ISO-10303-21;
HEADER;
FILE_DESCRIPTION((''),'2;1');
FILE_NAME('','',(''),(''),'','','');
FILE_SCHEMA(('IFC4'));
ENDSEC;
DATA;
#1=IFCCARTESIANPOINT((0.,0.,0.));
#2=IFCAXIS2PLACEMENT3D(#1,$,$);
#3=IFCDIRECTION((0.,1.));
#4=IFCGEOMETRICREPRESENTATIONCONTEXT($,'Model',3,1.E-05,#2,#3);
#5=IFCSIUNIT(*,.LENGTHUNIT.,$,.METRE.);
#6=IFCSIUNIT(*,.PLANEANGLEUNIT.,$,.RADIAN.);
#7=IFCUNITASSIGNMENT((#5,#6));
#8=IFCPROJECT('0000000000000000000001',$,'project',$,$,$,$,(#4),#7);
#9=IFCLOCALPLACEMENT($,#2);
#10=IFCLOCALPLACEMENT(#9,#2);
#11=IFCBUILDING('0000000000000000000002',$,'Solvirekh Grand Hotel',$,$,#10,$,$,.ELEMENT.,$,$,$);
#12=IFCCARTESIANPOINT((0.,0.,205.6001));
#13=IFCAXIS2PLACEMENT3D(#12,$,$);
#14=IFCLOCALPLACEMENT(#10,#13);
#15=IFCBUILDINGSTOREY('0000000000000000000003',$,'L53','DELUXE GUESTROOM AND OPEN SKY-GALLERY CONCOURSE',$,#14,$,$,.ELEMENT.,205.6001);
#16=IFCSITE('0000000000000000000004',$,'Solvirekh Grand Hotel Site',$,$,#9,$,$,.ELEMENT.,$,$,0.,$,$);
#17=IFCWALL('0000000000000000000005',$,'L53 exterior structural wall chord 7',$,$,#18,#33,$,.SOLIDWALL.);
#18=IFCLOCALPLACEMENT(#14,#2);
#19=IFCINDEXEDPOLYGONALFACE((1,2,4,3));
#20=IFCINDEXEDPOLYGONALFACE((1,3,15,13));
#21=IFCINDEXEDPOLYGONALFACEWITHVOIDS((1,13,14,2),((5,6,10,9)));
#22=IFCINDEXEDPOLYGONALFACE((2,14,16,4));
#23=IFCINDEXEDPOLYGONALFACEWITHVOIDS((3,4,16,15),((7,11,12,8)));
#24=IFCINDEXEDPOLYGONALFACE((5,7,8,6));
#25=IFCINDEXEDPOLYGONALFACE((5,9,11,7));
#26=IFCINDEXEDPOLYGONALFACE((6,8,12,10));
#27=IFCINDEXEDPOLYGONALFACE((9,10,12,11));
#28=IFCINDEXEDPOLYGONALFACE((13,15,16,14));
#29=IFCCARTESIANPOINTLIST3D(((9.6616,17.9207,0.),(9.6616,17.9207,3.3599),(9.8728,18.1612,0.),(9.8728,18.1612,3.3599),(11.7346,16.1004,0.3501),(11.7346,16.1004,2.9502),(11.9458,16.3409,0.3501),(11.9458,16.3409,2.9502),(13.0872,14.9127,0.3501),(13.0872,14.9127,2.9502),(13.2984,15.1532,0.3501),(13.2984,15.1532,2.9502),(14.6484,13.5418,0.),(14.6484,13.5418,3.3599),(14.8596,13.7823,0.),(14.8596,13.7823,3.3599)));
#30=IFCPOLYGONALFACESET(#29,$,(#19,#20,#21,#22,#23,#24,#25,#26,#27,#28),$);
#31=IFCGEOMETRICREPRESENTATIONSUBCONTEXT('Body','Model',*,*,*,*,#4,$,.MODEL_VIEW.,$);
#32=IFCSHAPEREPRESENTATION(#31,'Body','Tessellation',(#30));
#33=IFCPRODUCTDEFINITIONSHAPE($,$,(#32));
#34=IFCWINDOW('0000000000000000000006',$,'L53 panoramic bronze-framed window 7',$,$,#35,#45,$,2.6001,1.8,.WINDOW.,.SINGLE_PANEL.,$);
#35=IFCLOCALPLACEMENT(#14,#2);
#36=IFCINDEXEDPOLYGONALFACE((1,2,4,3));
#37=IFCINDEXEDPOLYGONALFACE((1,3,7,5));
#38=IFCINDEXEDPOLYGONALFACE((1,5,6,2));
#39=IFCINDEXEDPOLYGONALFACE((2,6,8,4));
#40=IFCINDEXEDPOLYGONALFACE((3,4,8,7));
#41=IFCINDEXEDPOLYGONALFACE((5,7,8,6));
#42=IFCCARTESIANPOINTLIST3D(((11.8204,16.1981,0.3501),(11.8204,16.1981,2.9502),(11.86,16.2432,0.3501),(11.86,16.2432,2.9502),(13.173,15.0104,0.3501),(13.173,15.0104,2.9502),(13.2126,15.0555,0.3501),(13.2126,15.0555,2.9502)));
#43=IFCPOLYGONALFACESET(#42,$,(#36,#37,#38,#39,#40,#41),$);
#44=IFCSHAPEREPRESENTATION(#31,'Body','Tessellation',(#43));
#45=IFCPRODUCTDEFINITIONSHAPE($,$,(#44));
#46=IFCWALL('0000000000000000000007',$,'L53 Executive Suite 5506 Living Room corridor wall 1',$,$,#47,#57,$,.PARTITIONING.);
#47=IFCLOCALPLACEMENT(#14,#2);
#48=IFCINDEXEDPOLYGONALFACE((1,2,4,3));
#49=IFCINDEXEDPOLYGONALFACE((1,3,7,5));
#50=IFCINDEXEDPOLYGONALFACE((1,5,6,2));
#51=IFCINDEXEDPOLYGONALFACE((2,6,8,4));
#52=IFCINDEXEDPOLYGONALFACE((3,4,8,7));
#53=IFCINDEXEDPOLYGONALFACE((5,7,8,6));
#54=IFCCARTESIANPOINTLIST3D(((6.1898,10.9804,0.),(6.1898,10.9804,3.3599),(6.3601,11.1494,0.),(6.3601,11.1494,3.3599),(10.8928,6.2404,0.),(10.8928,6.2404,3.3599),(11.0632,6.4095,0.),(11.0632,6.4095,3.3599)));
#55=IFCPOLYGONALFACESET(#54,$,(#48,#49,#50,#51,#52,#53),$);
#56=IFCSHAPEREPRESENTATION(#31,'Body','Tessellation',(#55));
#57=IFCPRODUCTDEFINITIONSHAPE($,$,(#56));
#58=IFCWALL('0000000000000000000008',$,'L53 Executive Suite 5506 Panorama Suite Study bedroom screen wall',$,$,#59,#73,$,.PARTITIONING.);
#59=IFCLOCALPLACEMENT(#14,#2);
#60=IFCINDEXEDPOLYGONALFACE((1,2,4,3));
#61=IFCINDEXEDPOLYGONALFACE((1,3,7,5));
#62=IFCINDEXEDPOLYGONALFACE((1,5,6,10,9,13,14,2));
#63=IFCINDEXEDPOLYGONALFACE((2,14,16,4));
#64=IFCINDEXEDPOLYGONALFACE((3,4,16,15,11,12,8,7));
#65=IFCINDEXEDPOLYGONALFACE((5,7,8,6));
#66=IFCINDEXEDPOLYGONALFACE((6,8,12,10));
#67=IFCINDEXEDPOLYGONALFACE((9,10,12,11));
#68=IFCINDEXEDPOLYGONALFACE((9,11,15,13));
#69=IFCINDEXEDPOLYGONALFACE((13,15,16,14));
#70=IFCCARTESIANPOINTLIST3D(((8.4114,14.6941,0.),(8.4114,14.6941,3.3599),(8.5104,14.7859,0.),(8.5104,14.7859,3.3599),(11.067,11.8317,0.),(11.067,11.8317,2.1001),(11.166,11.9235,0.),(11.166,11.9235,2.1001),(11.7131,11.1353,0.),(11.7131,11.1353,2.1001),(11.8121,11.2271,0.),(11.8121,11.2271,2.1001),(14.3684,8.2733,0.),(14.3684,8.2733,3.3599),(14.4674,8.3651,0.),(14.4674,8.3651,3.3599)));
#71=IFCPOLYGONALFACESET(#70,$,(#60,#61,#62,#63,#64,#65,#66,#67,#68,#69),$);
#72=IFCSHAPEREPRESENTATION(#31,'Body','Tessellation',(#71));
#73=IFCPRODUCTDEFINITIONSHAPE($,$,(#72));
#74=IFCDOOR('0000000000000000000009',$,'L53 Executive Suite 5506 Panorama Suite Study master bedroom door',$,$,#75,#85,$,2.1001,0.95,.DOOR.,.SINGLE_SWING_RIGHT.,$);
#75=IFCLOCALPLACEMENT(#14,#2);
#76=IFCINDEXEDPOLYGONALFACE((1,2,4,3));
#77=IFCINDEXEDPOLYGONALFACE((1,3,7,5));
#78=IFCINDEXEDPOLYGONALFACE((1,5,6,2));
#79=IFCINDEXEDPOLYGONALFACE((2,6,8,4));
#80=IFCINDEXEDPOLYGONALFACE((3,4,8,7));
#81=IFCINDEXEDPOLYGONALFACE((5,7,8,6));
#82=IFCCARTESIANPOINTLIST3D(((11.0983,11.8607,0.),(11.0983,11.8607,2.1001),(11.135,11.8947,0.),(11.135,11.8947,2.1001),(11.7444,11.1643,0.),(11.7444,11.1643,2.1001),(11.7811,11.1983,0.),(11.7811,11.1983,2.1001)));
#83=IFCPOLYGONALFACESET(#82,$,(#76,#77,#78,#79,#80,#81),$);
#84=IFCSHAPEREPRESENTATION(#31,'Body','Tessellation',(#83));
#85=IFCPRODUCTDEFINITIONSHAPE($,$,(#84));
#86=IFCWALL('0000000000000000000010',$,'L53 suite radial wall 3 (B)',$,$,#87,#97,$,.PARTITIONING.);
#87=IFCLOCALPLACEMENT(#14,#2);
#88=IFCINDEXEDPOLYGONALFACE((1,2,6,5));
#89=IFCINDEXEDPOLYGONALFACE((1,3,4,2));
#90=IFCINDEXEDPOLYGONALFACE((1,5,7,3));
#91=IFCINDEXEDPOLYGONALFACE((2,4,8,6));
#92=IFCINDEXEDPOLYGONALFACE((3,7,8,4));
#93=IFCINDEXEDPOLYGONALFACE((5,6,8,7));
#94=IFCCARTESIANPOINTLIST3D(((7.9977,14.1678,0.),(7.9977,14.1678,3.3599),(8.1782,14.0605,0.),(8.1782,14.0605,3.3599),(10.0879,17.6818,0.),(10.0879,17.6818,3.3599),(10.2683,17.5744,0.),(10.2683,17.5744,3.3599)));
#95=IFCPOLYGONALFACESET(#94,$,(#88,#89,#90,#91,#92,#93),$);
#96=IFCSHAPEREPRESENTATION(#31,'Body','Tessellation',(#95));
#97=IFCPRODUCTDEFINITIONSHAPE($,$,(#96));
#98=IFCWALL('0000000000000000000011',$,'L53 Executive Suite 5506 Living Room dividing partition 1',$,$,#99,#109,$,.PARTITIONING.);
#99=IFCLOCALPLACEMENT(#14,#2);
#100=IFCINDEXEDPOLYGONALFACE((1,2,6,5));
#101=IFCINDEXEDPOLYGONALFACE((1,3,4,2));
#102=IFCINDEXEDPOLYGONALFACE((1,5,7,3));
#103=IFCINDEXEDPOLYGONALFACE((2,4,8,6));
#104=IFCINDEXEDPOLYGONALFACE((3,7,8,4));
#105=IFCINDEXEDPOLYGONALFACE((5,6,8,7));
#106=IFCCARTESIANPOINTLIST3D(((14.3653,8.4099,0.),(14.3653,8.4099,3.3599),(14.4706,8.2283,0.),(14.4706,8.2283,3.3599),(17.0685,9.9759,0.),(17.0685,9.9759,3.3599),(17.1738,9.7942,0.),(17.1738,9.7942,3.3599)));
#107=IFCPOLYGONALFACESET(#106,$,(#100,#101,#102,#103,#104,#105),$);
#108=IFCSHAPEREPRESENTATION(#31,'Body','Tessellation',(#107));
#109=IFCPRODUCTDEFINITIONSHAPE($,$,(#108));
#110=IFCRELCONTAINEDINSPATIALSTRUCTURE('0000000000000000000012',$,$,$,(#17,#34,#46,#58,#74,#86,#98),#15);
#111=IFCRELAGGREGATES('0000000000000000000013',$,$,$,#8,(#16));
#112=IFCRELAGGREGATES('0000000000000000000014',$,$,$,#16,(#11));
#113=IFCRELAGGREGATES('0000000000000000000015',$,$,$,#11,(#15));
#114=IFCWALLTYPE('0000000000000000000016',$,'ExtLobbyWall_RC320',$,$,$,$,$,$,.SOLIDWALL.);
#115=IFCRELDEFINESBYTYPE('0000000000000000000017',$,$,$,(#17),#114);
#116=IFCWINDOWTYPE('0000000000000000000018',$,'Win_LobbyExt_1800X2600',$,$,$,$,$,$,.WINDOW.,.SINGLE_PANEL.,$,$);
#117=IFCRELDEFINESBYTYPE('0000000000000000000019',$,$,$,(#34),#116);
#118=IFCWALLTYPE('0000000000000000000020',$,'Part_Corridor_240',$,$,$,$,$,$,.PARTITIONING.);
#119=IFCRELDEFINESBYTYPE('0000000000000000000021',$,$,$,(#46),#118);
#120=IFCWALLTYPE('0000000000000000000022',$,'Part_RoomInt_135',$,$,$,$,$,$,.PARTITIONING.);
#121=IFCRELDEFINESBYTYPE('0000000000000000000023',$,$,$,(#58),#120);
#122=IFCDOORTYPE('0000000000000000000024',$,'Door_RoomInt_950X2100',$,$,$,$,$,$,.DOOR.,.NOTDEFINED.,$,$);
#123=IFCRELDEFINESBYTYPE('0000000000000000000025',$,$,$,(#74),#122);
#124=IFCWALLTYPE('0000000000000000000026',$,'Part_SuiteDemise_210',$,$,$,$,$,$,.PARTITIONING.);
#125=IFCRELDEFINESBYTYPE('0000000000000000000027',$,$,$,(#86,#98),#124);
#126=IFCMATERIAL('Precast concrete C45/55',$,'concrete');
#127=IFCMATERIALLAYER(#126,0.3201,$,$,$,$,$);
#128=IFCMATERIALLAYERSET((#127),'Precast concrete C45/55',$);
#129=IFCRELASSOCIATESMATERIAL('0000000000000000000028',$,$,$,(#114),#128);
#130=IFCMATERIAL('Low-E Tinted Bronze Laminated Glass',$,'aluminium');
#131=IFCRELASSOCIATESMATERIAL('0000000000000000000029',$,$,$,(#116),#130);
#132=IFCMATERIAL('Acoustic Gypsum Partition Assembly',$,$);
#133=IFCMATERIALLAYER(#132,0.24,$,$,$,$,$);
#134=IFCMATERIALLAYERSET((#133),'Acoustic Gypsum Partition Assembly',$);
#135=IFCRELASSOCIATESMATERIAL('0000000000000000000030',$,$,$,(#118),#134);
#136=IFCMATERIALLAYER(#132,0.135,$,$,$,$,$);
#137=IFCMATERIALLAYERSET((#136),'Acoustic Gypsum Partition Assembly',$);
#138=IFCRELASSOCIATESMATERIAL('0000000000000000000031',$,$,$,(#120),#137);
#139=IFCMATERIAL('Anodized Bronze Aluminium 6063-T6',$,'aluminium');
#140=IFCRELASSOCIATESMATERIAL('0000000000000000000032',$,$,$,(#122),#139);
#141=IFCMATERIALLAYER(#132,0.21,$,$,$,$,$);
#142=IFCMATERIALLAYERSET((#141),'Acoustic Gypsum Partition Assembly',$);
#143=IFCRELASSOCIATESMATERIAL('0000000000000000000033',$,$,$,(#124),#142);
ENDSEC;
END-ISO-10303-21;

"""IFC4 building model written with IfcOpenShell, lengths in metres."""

from ifc_helpers import new_model, si_unit, direction, frame, frame_2d, origin, place, context, subcontext, project, spatial, rectangle, extrude, material, layer, layer_set, type_object, element, fill, save


model = new_model("IFC4")

# Units and contexts
model_context = context("Model", 3, precision=1e-05, world=origin(), true_north=direction((0.0, 1.0)))
body_context = subcontext(model_context, "Body", "Model", "MODEL_VIEW")
ifc_project = project(units=[si_unit("LENGTHUNIT", "METRE"), si_unit("PLANEANGLEUNIT", "RADIAN")], contexts=[model_context])

# Site, building, storey
site_placement = place(None, origin())
site = spatial("IfcSite", under=ifc_project, at=site_placement, Name="Solvirekh Grand Hotel Site", CompositionType="ELEMENT", RefElevation=0.0)
building_placement = place(site_placement, origin())
building = spatial("IfcBuilding", under=site, at=building_placement, Name="Solvirekh Grand Hotel", CompositionType="ELEMENT")
storey_placement = place(building_placement, frame((0.0, 0.0, 205.6001)))
storey = spatial("IfcBuildingStorey", under=building, at=storey_placement, Name="L53", Description="DELUXE GUESTROOM AND OPEN SKY-GALLERY CONCOURSE", CompositionType="ELEMENT", Elevation=205.6001)

# Shared definitions
ifc_material_1 = material(Name="Anodized Bronze Aluminium 6063-T6", Category="aluminium")

# Shared definitions
ifc_material_2 = material(Name="Low-E Tinted Bronze Laminated Glass", Category="aluminium")

# Wall, opening, window
ifc_material_3 = material(Name="Precast concrete C45/55", Category="concrete")
ifc_layer_1 = layer(ifc_material_3, 0.3201)
ifc_layer_set_1 = layer_set([ifc_layer_1], Name="Precast concrete C45/55")
wall_type_1 = type_object("IfcWallType", Name="ExtLobbyWall_RC320", PredefinedType="SOLIDWALL", material=ifc_layer_set_1)
window_type = type_object("IfcWindowType", Name="Win_LobbyExt_1800X2600", PartitioningType="SINGLE_PANEL", PredefinedType="WINDOW", material=ifc_material_2)
wall_1_placement = place(storey_placement, frame((9.7671, 18.041, 0.0), z_axis=(0.0, 0.0, 1.0), x_axis=(0.751422, -0.659821, 0.0)))
wall_1 = element("IfcWall", 1, at=wall_1_placement, inside=storey, type_object=wall_type_1, Name="L53 exterior structural wall chord 7", PredefinedType="SOLIDWALL", context=body_context, shape_type="SweptSolid", body=[
    extrude(rectangle(XDim=6.6365, YDim=0.3201, at=frame_2d((3.3184, 0.0))), origin(), (0.0, 0.0, 1.0), 3.3599),
])
opening_1_placement = place(wall_1_placement, frame((2.759, 0.0, 0.3501)))
opening_1 = element("IfcOpeningElement", 2, at=opening_1_placement, cuts=wall_1, PredefinedType="OPENING", context=body_context, shape_type="SweptSolid", body=[
    extrude(rectangle(XDim=1.8, YDim=2.6001, at=frame_2d((0.8999, 1.3))), frame((0.0, 0.1699, 0.0), z_axis=(0.0, -1.0, 0.0), x_axis=(1.0, 0.0, 0.0)), (0.0, 0.0, 1.0), 0.3401),
])
window_1_placement = place(opening_1_placement, origin())
window_1 = element("IfcWindow", 3, at=window_1_placement, inside=storey, type_object=window_type, Name="L53 panoramic bronze-framed window 7", OverallHeight=2.6001, OverallWidth=1.8, PartitioningType="SINGLE_PANEL", PredefinedType="WINDOW", context=body_context, shape_type="SweptSolid", body=[
    extrude(rectangle(XDim=1.8, YDim=2.6001, at=frame_2d((0.8999, 1.3))), frame((0.0, 0.03, 0.0), z_axis=(0.0, -1.0, 0.0), x_axis=(1.0, 0.0, 0.0)), (0.0, 0.0, 1.0), 0.0601),
])
fill(opening_1, window_1)

# Wall
ifc_material_4 = material(Name="Acoustic Gypsum Partition Assembly")
ifc_layer_2 = layer(ifc_material_4, 0.24)
ifc_layer_set_2 = layer_set([ifc_layer_2], Name="Acoustic Gypsum Partition Assembly")
wall_type_2 = type_object("IfcWallType", Name="Part_Corridor_240", PredefinedType="PARTITIONING", material=ifc_layer_set_2)
wall_2_placement = place(storey_placement, frame((10.978, 6.325, 0.0), z_axis=(0.0, 0.0, 1.0), x_axis=(-0.704341, 0.709862, 0.0)))
element("IfcWall", 4, at=wall_2_placement, inside=storey, type_object=wall_type_2, Name="L53 Executive Suite 5506 Living Room corridor wall 1", PredefinedType="PARTITIONING", context=body_context, shape_type="SweptSolid", body=[
    extrude(rectangle(XDim=6.6772, YDim=0.24, at=frame_2d((3.3386, 0.0))), origin(), (0.0, 0.0, 1.0), 3.3599),
])

# Wall, opening, door
ifc_layer_3 = layer(ifc_material_4, 0.135)
ifc_layer_set_3 = layer_set([ifc_layer_3], Name="Acoustic Gypsum Partition Assembly")
wall_type_3 = type_object("IfcWallType", Name="Part_RoomInt_135", PredefinedType="PARTITIONING", material=ifc_layer_set_3)
wall_3_placement = place(storey_placement, frame((14.418, 8.3191, 0.0), z_axis=(0.0, 0.0, 1.0), x_axis=(-0.68013, 0.733091, 0.0)))
wall_3 = element("IfcWall", 5, at=wall_3_placement, inside=storey, type_object=wall_type_3, Name="L53 Executive Suite 5506 Panorama Suite Study bedroom screen wall", PredefinedType="PARTITIONING", context=body_context, shape_type="SweptSolid", body=[
    extrude(rectangle(XDim=8.7585, YDim=0.135, at=frame_2d((4.3794, 0.0))), origin(), (0.0, 0.0, 1.0), 3.3599),
])
opening_2_placement = place(wall_3_placement, frame((3.9041, 0.0, 0.0)))
opening_2 = element("IfcOpeningElement", 6, at=opening_2_placement, cuts=wall_3, PredefinedType="OPENING", context=body_context, shape_type="SweptSolid", body=[
    extrude(rectangle(XDim=0.95, YDim=2.1001, at=frame_2d((0.4751, 1.05))), frame((0.0, 0.0776, 0.0), z_axis=(0.0, -1.0, 0.0), x_axis=(1.0, 0.0, 0.0)), (0.0, 0.0, 1.0), 0.155),
])
door_type = type_object("IfcDoorType", Name="Door_RoomInt_950X2100", OperationType="NOTDEFINED", PredefinedType="DOOR", material=ifc_material_1)
door_placement = place(opening_2_placement, origin())
door = element("IfcDoor", 7, at=door_placement, inside=storey, type_object=door_type, Name="L53 Executive Suite 5506 Panorama Suite Study master bedroom door", OperationType="SINGLE_SWING_RIGHT", OverallHeight=2.1001, OverallWidth=0.95, PredefinedType="DOOR", context=body_context, shape_type="SweptSolid", body=[
    extrude(rectangle(XDim=0.95, YDim=2.1001, at=frame_2d((0.4751, 1.05))), frame((0.0, 0.0249, 0.0), z_axis=(0.0, -1.0, 0.0), x_axis=(1.0, 0.0, 0.0)), (0.0, 0.0, 1.0), 0.05),
])
fill(opening_2, door)

# Walls
ifc_layer_4 = layer(ifc_material_4, 0.21)
ifc_layer_set_4 = layer_set([ifc_layer_4], Name="Acoustic Gypsum Partition Assembly")
wall_type_4 = type_object("IfcWallType", Name="Part_SuiteDemise_210", PredefinedType="PARTITIONING", material=ifc_layer_set_4)
wall_4_placement = place(storey_placement, frame((8.0879, 14.114, 0.0), z_axis=(0.0, 0.0, 1.0), x_axis=(0.511208, 0.859457, 0.0)))
element("IfcWall", 8, at=wall_4_placement, inside=storey, type_object=wall_type_4, Name="L53 suite radial wall 3 (B)", PredefinedType="PARTITIONING", context=body_context, shape_type="SweptSolid", body=[
    extrude(rectangle(XDim=4.0886, YDim=0.21, at=frame_2d((2.0444, 0.0))), origin(), (0.0, 0.0, 1.0), 3.3599),
])
wall_5_placement = place(storey_placement, frame((14.418, 8.3191, 0.0), z_axis=(0.0, 0.0, 1.0), x_axis=(0.865294, 0.501264, 0.0)))
element("IfcWall", 9, at=wall_5_placement, inside=storey, type_object=wall_type_4, Name="L53 Executive Suite 5506 Living Room dividing partition 1", PredefinedType="PARTITIONING", context=body_context, shape_type="SweptSolid", body=[
    extrude(rectangle(XDim=3.124, YDim=0.21, at=frame_2d((1.562, 0.0))), origin(), (0.0, 0.0, 1.0), 3.3599),
])

save(model, "model.ifc")
